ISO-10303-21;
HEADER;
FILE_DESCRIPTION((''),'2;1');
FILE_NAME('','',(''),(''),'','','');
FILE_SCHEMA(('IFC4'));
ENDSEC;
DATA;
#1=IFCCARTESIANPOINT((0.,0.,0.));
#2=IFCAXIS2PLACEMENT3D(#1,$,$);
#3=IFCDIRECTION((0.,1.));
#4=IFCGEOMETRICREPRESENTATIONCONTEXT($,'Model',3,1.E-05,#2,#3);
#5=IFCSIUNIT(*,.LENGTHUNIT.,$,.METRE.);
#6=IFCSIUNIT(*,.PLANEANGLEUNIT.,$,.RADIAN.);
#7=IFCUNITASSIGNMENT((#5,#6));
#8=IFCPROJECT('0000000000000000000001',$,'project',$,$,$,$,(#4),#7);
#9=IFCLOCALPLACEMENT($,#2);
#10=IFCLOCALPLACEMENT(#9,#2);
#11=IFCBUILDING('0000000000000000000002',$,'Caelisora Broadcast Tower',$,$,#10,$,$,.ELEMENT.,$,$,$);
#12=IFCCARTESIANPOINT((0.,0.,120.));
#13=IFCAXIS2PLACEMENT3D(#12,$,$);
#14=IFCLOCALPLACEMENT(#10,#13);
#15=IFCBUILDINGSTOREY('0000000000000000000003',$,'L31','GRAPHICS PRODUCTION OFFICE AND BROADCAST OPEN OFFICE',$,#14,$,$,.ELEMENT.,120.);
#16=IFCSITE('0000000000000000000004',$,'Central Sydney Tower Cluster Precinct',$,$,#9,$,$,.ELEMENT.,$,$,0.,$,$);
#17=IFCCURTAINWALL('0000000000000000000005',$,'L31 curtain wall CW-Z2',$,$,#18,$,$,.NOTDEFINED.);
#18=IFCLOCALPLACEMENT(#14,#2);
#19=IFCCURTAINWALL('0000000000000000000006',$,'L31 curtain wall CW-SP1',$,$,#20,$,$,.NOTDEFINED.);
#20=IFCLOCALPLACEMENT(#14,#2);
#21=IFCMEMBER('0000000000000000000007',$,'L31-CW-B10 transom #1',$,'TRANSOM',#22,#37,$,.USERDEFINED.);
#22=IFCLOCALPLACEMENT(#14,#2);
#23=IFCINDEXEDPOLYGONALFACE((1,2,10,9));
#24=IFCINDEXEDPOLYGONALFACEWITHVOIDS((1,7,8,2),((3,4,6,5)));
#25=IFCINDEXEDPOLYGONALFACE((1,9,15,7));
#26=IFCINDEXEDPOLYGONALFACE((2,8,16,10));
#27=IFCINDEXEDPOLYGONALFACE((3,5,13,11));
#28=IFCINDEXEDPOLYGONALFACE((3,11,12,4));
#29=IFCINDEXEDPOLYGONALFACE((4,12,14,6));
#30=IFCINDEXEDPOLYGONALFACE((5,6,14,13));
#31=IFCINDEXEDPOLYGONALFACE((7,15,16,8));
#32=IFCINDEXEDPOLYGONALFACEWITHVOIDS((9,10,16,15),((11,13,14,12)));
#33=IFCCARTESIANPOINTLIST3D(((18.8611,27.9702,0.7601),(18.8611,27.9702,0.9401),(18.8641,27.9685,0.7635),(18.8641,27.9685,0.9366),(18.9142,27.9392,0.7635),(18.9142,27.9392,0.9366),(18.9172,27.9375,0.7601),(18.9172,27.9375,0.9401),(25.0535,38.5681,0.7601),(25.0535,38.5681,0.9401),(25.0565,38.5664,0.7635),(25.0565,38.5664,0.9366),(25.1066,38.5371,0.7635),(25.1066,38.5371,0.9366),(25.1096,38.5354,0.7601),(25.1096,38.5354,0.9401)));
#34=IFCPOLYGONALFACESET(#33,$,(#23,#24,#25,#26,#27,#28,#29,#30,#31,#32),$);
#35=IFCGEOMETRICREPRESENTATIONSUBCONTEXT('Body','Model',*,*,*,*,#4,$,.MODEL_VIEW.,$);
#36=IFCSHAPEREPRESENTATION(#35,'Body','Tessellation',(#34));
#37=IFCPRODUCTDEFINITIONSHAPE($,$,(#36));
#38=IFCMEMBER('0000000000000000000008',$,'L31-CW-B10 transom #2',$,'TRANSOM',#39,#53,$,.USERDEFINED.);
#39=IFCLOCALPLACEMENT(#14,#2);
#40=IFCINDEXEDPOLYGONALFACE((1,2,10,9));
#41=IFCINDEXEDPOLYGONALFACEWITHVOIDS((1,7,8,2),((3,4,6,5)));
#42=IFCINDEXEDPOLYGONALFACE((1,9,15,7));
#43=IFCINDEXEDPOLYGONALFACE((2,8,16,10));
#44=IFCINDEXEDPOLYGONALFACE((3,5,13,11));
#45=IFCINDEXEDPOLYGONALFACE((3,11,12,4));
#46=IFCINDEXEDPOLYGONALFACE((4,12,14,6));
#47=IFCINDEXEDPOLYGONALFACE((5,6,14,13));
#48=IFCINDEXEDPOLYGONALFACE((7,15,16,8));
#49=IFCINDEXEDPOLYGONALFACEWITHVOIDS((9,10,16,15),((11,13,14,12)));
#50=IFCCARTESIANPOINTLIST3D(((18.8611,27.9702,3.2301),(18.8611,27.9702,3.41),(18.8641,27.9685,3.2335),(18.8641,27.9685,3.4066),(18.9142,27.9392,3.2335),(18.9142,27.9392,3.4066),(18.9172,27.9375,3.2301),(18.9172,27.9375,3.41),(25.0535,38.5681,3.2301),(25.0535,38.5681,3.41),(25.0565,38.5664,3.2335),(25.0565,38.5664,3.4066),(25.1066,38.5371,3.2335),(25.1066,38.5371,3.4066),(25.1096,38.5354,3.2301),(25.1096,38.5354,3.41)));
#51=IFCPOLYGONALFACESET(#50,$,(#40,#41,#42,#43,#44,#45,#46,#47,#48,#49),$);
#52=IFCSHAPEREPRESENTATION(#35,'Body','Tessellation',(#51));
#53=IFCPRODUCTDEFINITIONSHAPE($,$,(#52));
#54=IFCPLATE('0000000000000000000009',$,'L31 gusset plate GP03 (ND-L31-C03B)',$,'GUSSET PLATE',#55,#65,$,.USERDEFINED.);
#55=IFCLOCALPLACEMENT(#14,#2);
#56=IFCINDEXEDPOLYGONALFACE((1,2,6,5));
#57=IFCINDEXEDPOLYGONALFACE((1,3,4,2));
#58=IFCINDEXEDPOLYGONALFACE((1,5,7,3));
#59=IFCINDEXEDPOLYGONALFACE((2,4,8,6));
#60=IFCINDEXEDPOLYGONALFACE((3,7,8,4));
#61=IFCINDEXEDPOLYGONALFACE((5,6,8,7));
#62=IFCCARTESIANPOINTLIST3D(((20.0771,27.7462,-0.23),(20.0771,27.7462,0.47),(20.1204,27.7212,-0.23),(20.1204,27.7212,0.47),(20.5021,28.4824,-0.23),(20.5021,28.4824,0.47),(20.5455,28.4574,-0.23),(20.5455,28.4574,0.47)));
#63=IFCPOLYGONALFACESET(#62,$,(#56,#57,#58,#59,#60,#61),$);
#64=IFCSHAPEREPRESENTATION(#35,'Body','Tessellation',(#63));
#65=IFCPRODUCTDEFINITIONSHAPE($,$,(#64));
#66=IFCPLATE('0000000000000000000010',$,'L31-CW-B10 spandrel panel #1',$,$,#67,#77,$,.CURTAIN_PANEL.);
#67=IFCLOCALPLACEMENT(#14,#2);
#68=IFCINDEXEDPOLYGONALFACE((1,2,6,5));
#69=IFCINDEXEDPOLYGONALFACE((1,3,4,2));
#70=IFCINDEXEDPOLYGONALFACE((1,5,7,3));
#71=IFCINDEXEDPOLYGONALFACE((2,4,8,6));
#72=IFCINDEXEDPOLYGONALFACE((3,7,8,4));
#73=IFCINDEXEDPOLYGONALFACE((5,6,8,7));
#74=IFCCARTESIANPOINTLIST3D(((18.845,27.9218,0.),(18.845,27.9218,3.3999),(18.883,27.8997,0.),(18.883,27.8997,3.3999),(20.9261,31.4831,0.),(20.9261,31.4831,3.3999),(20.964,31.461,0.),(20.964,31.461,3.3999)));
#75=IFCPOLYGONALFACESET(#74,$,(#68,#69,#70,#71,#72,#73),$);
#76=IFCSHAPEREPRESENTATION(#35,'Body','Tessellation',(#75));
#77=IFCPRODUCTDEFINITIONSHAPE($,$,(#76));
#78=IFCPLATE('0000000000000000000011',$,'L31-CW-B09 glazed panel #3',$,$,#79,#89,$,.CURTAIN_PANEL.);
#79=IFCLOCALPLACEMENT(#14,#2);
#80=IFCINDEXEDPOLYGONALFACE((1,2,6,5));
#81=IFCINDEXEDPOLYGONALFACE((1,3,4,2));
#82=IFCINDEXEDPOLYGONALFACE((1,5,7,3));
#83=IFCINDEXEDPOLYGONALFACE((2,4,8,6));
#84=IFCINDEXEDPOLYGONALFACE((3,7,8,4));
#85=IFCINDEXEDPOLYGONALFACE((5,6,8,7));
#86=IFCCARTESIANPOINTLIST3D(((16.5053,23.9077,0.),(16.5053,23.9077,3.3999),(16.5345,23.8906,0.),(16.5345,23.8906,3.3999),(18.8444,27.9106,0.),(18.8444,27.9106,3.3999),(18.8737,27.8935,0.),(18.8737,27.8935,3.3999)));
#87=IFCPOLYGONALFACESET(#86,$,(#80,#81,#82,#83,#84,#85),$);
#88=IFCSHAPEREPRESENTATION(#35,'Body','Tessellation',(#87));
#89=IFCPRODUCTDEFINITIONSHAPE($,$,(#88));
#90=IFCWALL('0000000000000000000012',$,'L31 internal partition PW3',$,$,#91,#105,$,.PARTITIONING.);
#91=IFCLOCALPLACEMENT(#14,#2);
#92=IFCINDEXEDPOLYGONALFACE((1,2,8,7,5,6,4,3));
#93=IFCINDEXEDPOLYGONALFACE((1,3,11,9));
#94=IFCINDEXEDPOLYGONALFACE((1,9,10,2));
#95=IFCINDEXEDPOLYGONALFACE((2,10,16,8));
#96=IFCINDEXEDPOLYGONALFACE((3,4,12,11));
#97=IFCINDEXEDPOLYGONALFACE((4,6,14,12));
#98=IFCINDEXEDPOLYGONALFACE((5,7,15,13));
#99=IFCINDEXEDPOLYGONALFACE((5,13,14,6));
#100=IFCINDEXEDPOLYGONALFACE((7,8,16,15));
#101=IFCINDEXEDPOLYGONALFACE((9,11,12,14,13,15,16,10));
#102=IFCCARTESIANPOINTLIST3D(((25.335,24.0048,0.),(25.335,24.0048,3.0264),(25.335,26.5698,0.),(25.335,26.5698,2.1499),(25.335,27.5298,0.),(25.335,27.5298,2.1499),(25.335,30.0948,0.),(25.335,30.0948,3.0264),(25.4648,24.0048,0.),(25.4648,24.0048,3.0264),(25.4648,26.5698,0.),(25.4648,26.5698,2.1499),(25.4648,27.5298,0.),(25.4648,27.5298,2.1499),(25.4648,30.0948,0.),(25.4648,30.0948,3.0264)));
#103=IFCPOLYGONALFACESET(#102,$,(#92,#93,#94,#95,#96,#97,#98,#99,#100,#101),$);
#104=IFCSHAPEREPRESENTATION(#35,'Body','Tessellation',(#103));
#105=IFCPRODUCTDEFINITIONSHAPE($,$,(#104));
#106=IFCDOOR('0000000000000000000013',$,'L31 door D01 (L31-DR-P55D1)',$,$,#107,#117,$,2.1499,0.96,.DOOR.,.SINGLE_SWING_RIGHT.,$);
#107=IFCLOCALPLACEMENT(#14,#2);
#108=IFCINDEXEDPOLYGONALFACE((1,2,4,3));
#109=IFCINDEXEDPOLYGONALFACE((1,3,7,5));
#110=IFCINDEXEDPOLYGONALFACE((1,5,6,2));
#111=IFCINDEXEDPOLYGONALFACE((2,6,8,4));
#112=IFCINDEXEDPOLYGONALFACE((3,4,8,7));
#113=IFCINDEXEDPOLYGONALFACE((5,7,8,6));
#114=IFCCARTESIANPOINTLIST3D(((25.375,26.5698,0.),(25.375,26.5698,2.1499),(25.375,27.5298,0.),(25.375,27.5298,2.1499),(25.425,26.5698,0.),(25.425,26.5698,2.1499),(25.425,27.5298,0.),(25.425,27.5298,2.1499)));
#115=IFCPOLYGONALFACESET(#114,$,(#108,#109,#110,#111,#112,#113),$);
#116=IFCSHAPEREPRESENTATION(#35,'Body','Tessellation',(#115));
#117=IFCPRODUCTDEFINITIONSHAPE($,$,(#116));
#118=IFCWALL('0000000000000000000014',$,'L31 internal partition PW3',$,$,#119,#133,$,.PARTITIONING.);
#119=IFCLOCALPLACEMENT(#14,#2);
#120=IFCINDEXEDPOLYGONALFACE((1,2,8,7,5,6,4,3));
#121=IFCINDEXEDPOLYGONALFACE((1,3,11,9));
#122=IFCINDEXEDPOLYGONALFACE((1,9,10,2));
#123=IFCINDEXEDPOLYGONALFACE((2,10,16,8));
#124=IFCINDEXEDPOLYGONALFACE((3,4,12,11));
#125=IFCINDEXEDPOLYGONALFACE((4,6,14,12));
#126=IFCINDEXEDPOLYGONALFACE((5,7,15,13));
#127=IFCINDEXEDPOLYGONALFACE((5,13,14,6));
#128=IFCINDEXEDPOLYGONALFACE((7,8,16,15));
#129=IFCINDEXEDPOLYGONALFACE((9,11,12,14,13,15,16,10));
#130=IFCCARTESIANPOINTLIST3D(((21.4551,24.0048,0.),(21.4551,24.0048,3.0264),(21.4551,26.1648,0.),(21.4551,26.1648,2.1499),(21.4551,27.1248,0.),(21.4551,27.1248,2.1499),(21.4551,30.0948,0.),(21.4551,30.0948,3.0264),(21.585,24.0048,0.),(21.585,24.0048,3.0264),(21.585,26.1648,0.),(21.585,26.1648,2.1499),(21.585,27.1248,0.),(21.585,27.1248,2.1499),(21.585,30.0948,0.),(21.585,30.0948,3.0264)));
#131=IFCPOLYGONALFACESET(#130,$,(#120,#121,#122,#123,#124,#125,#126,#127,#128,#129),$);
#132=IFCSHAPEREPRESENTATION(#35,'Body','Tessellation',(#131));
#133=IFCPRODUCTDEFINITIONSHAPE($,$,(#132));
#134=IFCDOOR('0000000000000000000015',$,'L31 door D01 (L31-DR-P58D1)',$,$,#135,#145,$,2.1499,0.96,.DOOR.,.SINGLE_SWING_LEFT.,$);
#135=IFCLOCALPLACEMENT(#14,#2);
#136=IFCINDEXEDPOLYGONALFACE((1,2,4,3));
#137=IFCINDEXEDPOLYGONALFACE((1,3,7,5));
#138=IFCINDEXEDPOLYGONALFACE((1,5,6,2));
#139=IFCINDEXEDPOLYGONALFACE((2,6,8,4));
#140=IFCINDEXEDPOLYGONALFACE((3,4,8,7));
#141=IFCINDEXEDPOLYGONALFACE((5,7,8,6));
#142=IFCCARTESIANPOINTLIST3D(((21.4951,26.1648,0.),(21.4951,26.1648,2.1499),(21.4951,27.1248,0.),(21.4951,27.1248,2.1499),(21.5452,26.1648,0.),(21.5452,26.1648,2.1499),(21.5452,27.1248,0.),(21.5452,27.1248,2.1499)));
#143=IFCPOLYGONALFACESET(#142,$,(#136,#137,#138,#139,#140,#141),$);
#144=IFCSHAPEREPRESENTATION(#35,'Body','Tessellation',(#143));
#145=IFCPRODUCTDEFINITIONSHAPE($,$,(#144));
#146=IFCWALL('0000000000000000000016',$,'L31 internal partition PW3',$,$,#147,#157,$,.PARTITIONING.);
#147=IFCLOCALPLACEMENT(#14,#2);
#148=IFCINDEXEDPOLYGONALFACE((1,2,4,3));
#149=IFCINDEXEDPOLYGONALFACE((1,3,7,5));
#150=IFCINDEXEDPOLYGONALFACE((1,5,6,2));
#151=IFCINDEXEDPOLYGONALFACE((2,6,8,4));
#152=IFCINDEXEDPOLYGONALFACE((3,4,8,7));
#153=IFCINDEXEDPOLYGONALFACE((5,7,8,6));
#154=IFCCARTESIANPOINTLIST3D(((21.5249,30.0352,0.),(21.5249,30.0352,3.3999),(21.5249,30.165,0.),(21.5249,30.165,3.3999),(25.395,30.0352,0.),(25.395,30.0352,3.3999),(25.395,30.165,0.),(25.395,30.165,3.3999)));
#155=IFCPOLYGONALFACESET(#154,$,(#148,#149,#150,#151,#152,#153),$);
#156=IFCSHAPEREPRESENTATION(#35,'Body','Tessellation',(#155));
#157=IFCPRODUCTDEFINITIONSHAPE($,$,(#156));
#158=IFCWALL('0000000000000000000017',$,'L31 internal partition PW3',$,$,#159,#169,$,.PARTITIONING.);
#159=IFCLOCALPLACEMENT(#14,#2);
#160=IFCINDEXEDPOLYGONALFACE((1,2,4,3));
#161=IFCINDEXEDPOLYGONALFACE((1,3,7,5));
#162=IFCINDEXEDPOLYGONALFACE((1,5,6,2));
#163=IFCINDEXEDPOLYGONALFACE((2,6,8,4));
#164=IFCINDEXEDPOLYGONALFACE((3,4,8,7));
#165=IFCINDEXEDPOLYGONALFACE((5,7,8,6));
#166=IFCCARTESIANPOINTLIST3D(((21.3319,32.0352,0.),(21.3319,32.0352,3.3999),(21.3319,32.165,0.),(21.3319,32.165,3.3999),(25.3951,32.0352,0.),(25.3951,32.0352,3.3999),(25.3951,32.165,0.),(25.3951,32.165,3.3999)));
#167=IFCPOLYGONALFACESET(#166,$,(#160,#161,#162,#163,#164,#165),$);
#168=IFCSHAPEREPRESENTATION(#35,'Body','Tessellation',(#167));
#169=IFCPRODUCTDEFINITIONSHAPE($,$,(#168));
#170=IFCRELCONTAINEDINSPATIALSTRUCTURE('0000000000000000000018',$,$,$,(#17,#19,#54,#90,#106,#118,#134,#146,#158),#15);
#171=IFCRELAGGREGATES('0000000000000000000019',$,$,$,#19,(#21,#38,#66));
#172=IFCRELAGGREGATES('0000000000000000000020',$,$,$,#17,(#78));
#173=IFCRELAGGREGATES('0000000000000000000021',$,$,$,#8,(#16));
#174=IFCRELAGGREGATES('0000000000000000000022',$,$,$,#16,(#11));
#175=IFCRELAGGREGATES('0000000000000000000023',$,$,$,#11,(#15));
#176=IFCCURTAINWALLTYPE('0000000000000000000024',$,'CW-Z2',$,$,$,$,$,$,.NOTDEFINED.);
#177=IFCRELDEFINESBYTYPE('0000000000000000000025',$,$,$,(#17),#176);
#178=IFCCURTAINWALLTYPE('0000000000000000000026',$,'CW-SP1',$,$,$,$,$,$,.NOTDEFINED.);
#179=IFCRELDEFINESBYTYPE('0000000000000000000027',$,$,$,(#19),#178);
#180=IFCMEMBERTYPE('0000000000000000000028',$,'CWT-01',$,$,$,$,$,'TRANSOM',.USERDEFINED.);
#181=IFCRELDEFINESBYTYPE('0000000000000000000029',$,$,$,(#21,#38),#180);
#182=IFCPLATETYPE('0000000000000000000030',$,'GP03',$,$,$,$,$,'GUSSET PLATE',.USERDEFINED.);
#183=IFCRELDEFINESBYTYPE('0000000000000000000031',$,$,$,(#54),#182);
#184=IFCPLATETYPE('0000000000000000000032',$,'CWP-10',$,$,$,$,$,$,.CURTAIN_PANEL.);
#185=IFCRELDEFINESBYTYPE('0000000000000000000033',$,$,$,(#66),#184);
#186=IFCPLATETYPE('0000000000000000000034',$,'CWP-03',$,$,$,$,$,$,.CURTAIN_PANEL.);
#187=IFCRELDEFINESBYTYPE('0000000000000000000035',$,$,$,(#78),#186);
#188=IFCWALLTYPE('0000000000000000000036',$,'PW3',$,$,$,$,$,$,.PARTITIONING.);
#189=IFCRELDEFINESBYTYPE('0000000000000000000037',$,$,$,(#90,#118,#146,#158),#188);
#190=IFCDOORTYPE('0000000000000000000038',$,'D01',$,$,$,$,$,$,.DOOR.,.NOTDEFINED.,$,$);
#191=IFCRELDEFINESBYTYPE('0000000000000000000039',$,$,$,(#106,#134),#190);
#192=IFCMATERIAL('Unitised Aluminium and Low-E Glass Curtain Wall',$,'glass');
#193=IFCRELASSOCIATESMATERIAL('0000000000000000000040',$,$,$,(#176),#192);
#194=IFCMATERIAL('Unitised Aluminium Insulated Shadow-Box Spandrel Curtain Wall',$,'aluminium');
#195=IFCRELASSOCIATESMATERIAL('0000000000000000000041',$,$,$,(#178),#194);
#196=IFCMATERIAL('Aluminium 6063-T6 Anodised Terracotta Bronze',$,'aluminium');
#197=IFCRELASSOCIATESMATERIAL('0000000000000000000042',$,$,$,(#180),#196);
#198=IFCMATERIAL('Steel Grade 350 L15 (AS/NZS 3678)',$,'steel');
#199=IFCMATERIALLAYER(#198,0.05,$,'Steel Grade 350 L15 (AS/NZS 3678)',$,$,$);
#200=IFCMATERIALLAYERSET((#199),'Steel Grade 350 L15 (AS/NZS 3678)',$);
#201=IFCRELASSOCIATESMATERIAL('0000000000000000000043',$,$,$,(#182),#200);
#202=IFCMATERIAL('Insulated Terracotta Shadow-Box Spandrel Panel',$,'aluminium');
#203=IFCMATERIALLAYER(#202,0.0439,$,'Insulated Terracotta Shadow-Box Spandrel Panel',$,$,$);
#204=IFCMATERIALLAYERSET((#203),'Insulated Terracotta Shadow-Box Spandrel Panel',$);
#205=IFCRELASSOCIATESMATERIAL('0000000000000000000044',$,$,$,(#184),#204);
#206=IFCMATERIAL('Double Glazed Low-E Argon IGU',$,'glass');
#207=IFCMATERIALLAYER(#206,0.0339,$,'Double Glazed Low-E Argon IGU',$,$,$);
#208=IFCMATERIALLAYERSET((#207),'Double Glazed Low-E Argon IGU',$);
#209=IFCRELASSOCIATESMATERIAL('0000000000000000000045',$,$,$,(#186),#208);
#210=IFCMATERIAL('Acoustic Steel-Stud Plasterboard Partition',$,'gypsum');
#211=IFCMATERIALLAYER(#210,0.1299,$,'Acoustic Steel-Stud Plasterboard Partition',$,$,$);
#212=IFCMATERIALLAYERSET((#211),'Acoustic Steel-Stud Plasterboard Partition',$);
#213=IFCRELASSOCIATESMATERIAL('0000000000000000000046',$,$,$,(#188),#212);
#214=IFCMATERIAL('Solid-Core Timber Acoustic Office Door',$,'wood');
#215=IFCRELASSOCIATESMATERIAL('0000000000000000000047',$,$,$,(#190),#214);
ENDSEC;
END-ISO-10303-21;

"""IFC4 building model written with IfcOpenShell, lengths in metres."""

from ifc_helpers import new_model, si_unit, direction, frame, frame_2d, origin, origin_2d, place, context, subcontext, project, spatial, rectangle, hollow_rectangle, extrude, source, transform, mapped, material, layer, layer_set, material_profile, profile_set, type_object, type_shapes, element, fill, aggregate, save


model = new_model("IFC4")

# Units and contexts
model_context = context("Model", 3, precision=1e-05, world=origin(), true_north=direction((0.0, 1.0)))
body_context = subcontext(model_context, "Body", "Model", "MODEL_VIEW")
ifc_project = project(units=[si_unit("LENGTHUNIT", "METRE"), si_unit("PLANEANGLEUNIT", "RADIAN")], contexts=[model_context])

# Site, building, storey
site_placement = place(None, origin())
site = spatial("IfcSite", under=ifc_project, at=site_placement, Name="Central Sydney Tower Cluster Precinct", CompositionType="ELEMENT", RefElevation=0.0)
building_placement = place(site_placement, origin())
building = spatial("IfcBuilding", under=site, at=building_placement, Name="Caelisora Broadcast Tower", CompositionType="ELEMENT")
storey_placement = place(building_placement, frame((0.0, 0.0, 120.0)))
storey = spatial("IfcBuildingStorey", under=building, at=storey_placement, Name="L31", Description="GRAPHICS PRODUCTION OFFICE AND BROADCAST OPEN OFFICE", CompositionType="ELEMENT", Elevation=120.0)

# Shared definitions
ifc_material_1 = material(Name="Steel Grade 350 L15 (AS/NZS 3678)", Category="steel")

# Curtain walls, members
ifc_material_2 = material(Name="Unitised Aluminium and Low-E Glass Curtain Wall", Category="glass")
curtain_wall_type_1 = type_object("IfcCurtainWallType", Name="CW-Z2", PredefinedType="NOTDEFINED", material=ifc_material_2)
curtain_wall_1_placement = place(storey_placement, origin())
curtain_wall_1 = element("IfcCurtainWall", 1, at=curtain_wall_1_placement, inside=storey, type_object=curtain_wall_type_1, Name="L31 curtain wall CW-Z2", PredefinedType="NOTDEFINED")
ifc_material_3 = material(Name="Aluminium 6063-T6 Anodised Terracotta Bronze", Category="aluminium")
ifc_material_4 = material(Name="Unitised Aluminium Insulated Shadow-Box Spandrel Curtain Wall", Category="aluminium")
curtain_wall_type_2 = type_object("IfcCurtainWallType", Name="CW-SP1", PredefinedType="NOTDEFINED", material=ifc_material_4)
curtain_wall_2_placement = place(storey_placement, origin())
curtain_wall_2 = element("IfcCurtainWall", 2, at=curtain_wall_2_placement, inside=storey, type_object=curtain_wall_type_2, Name="L31 curtain wall CW-SP1", PredefinedType="NOTDEFINED")
ifc_material_profile_1 = material_profile(ifc_material_3, hollow_rectangle(XDim=0.0649, YDim=0.1799, WallThickness=0.0034, at=origin_2d()), Name="Aluminium 6063-T6 Anodised Terracotta Bronze")
ifc_profile_set_1 = profile_set([ifc_material_profile_1], Name="Aluminium 6063-T6 Anodised Terracotta Bronze")
member_type_1 = type_object("IfcMemberType", Name="CWT-01", ElementType="TRANSOM", PredefinedType="USERDEFINED", material=ifc_profile_set_1)
shared_shape_1 = source(origin(), body_context, "Body", "SweptSolid", [
    extrude(hollow_rectangle(XDim=0.0649, YDim=0.1799, WallThickness=0.0034, at=origin_2d()), origin(), (0.0, 0.0, 1.0), 12.2744),
])
type_shapes(member_type_1, [shared_shape_1])
member_1_placement = place(storey_placement, frame((18.8892, 27.9539, 0.8501), z_axis=(0.504495, 0.863414, 0.0), x_axis=(-0.863414, 0.504495, 0.0)))
member_1 = element("IfcMember", 3, at=member_1_placement, type_object=member_type_1, Name="L31-CW-B10 transom #1", ObjectType="TRANSOM", PredefinedType="USERDEFINED", context=body_context, shape_type="MappedRepresentation", body=[
    mapped(shared_shape_1, transform((0.0, 0.0, 0.0), scale=1.0)),
])
member_2_placement = place(storey_placement, frame((18.8892, 27.9539, 3.3201), z_axis=(0.504495, 0.863414, 0.0), x_axis=(-0.863414, 0.504495, 0.0)))
member_2 = element("IfcMember", 4, at=member_2_placement, type_object=member_type_1, Name="L31-CW-B10 transom #2", ObjectType="TRANSOM", PredefinedType="USERDEFINED", context=body_context, shape_type="MappedRepresentation", body=[
    mapped(shared_shape_1, transform((0.0, 0.0, 0.0), scale=1.0)),
])

# Plates
ifc_layer_1 = layer(ifc_material_1, 0.05, Name="Steel Grade 350 L15 (AS/NZS 3678)")
ifc_layer_set_1 = layer_set([ifc_layer_1], Name="Steel Grade 350 L15 (AS/NZS 3678)")
plate_type_1 = type_object("IfcPlateType", Name="GP03", ElementType="GUSSET PLATE", PredefinedType="USERDEFINED", material=ifc_layer_set_1)
shared_shape_2 = source(origin(), body_context, "Body", "SweptSolid", [
    extrude(rectangle(XDim=0.8501, YDim=0.05, at=origin_2d()), origin(), (0.0, 0.0, 1.0), 0.7),
])
type_shapes(plate_type_1, [shared_shape_2])
plate_1_placement = place(storey_placement, frame((20.3113, 28.1018, -0.23), z_axis=(0.0, 0.0, 1.0), x_axis=(-0.5, -0.866025, 0.0)))
element("IfcPlate", 5, at=plate_1_placement, inside=storey, type_object=plate_type_1, Name="L31 gusset plate GP03 (ND-L31-C03B)", ObjectType="GUSSET PLATE", PredefinedType="USERDEFINED", context=body_context, shape_type="MappedRepresentation", body=[
    mapped(shared_shape_2, transform((0.0, 0.0, 0.0), scale=1.0)),
])
ifc_material_5 = material(Name="Insulated Terracotta Shadow-Box Spandrel Panel", Category="aluminium")
ifc_layer_2 = layer(ifc_material_5, 0.0439, Name="Insulated Terracotta Shadow-Box Spandrel Panel")
ifc_layer_set_2 = layer_set([ifc_layer_2], Name="Insulated Terracotta Shadow-Box Spandrel Panel")
plate_type_2 = type_object("IfcPlateType", Name="CWP-10", PredefinedType="CURTAIN_PANEL", material=ifc_layer_set_2)
shared_shape_3 = source(origin(), body_context, "Body", "SweptSolid", [
    extrude(rectangle(XDim=4.1248, YDim=0.0439, at=origin_2d()), origin(), (0.0, 0.0, 1.0), 3.3999),
])
type_shapes(plate_type_2, [shared_shape_3])
plate_2_placement = place(storey_placement, frame((19.9045, 29.6914, 0.0), z_axis=(0.0, 0.0, 1.0), x_axis=(0.504528, 0.863396, 0.0)))
plate_2 = element("IfcPlate", 6, at=plate_2_placement, type_object=plate_type_2, Name="L31-CW-B10 spandrel panel #1", PredefinedType="CURTAIN_PANEL", context=body_context, shape_type="MappedRepresentation", body=[
    mapped(shared_shape_3, transform((0.0, 0.0, 0.0), scale=1.0)),
])
aggregate(curtain_wall_2, [member_1, member_2, plate_2])
ifc_material_6 = material(Name="Double Glazed Low-E Argon IGU", Category="glass")
ifc_layer_3 = layer(ifc_material_6, 0.0339, Name="Double Glazed Low-E Argon IGU")
ifc_layer_set_3 = layer_set([ifc_layer_3], Name="Double Glazed Low-E Argon IGU")
plate_type_3 = type_object("IfcPlateType", Name="CWP-03", PredefinedType="CURTAIN_PANEL", material=ifc_layer_set_3)
shared_shape_4 = source(origin(), body_context, "Body", "SweptSolid", [
    extrude(rectangle(XDim=4.6362, YDim=0.0339, at=origin_2d()), origin(), (0.0, 0.0, 1.0), 3.3999),
])
type_shapes(plate_type_3, [shared_shape_4])
plate_3_placement = place(storey_placement, frame((17.6895, 25.9006, 0.0), z_axis=(0.0, 0.0, 1.0), x_axis=(0.504528, 0.863396, 0.0)))
plate_3 = element("IfcPlate", 7, at=plate_3_placement, type_object=plate_type_3, Name="L31-CW-B09 glazed panel #3", PredefinedType="CURTAIN_PANEL", context=body_context, shape_type="MappedRepresentation", body=[
    mapped(shared_shape_4, transform((0.0, 0.0, 0.0), scale=1.0)),
])
aggregate(curtain_wall_1, [plate_3])

# Walls, openings, doors
ifc_material_7 = material(Name="Acoustic Steel-Stud Plasterboard Partition", Category="gypsum")
ifc_layer_4 = layer(ifc_material_7, 0.1299, Name="Acoustic Steel-Stud Plasterboard Partition")
ifc_layer_set_4 = layer_set([ifc_layer_4], Name="Acoustic Steel-Stud Plasterboard Partition")
wall_type = type_object("IfcWallType", Name="PW3", PredefinedType="PARTITIONING", material=ifc_layer_set_4)
wall_1_placement = place(storey_placement, frame((25.3999, 24.0049, 0.0), z_axis=(0.0, 0.0, 1.0), x_axis=(0.0, 1.0, 0.0)))
wall_1 = element("IfcWall", 8, at=wall_1_placement, inside=storey, type_object=wall_type, Name="L31 internal partition PW3", PredefinedType="PARTITIONING", context=body_context, shape_type="SweptSolid", body=[
    extrude(rectangle(XDim=6.0901, YDim=0.1299, at=frame_2d((3.0449, 0.0))), origin(), (0.0, 0.0, 1.0), 3.0264),
])
opening_1_placement = place(wall_1_placement, frame((2.5649, 0.0, 0.0)))
opening_1 = element("IfcOpeningElement", 9, at=opening_1_placement, cuts=wall_1, PredefinedType="OPENING", context=body_context, shape_type="SweptSolid", body=[
    extrude(rectangle(XDim=0.96, YDim=2.1499, at=frame_2d((0.48, 1.075))), frame((0.0, 0.0769, 0.0), z_axis=(0.0, -1.0, 0.0), x_axis=(1.0, 0.0, 0.0)), (0.0, 0.0, 1.0), 0.1538),
])
ifc_material_8 = material(Name="Solid-Core Timber Acoustic Office Door", Category="wood")
door_type = type_object("IfcDoorType", Name="D01", OperationType="NOTDEFINED", PredefinedType="DOOR", material=ifc_material_8)
door_1_placement = place(opening_1_placement, origin())
door_1 = element("IfcDoor", 10, at=door_1_placement, inside=storey, type_object=door_type, Name="L31 door D01 (L31-DR-P55D1)", OperationType="SINGLE_SWING_RIGHT", OverallHeight=2.1499, OverallWidth=0.96, PredefinedType="DOOR", context=body_context, shape_type="SweptSolid", body=[
    extrude(rectangle(XDim=0.96, YDim=2.1499, at=frame_2d((0.48, 1.075))), frame((0.0, 0.0249, 0.0), z_axis=(0.0, -1.0, 0.0), x_axis=(1.0, 0.0, 0.0)), (0.0, 0.0, 1.0), 0.05),
])
fill(opening_1, door_1)
wall_2_placement = place(storey_placement, frame((21.52, 24.0049, 0.0), z_axis=(0.0, 0.0, 1.0), x_axis=(0.0, 1.0, 0.0)))
wall_2 = element("IfcWall", 11, at=wall_2_placement, inside=storey, type_object=wall_type, Name="L31 internal partition PW3", PredefinedType="PARTITIONING", context=body_context, shape_type="SweptSolid", body=[
    extrude(rectangle(XDim=6.0901, YDim=0.1299, at=frame_2d((3.0449, 0.0))), origin(), (0.0, 0.0, 1.0), 3.0264),
])
opening_2_placement = place(wall_2_placement, frame((2.1599, 0.0, 0.0)))
opening_2 = element("IfcOpeningElement", 12, at=opening_2_placement, cuts=wall_2, PredefinedType="OPENING", context=body_context, shape_type="SweptSolid", body=[
    extrude(rectangle(XDim=0.96, YDim=2.1499, at=frame_2d((0.48, 1.075))), frame((0.0, 0.0769, 0.0), z_axis=(0.0, -1.0, 0.0), x_axis=(1.0, 0.0, 0.0)), (0.0, 0.0, 1.0), 0.1538),
])
door_2_placement = place(opening_2_placement, origin())
door_2 = element("IfcDoor", 13, at=door_2_placement, inside=storey, type_object=door_type, Name="L31 door D01 (L31-DR-P58D1)", OperationType="SINGLE_SWING_LEFT", OverallHeight=2.1499, OverallWidth=0.96, PredefinedType="DOOR", context=body_context, shape_type="SweptSolid", body=[
    extrude(rectangle(XDim=0.96, YDim=2.1499, at=frame_2d((0.48, 1.075))), frame((0.0, 0.0249, 0.0), z_axis=(0.0, -1.0, 0.0), x_axis=(1.0, 0.0, 0.0)), (0.0, 0.0, 1.0), 0.05),
])
fill(opening_2, door_2)

# Walls
wall_3_placement = place(storey_placement, frame((25.395, 30.1001, 0.0), z_axis=(0.0, 0.0, 1.0), x_axis=(-1.0, 0.0, 0.0)))
element("IfcWall", 14, at=wall_3_placement, inside=storey, type_object=wall_type, Name="L31 internal partition PW3", PredefinedType="PARTITIONING", context=body_context, shape_type="SweptSolid", body=[
    extrude(rectangle(XDim=3.8701, YDim=0.1299, at=frame_2d((1.9351, 0.0))), origin(), (0.0, 0.0, 1.0), 3.3999),
])
wall_4_placement = place(storey_placement, frame((21.3318, 32.1001, 0.0), z_axis=(0.0, 0.0, 1.0), x_axis=(1.0, 0.0, 0.0)))
element("IfcWall", 15, at=wall_4_placement, inside=storey, type_object=wall_type, Name="L31 internal partition PW3", PredefinedType="PARTITIONING", context=body_context, shape_type="SweptSolid", body=[
    extrude(rectangle(XDim=4.0632, YDim=0.1299, at=frame_2d((2.0317, 0.0))), origin(), (0.0, 0.0, 1.0), 3.3999),
])

save(model, "model.ifc")
